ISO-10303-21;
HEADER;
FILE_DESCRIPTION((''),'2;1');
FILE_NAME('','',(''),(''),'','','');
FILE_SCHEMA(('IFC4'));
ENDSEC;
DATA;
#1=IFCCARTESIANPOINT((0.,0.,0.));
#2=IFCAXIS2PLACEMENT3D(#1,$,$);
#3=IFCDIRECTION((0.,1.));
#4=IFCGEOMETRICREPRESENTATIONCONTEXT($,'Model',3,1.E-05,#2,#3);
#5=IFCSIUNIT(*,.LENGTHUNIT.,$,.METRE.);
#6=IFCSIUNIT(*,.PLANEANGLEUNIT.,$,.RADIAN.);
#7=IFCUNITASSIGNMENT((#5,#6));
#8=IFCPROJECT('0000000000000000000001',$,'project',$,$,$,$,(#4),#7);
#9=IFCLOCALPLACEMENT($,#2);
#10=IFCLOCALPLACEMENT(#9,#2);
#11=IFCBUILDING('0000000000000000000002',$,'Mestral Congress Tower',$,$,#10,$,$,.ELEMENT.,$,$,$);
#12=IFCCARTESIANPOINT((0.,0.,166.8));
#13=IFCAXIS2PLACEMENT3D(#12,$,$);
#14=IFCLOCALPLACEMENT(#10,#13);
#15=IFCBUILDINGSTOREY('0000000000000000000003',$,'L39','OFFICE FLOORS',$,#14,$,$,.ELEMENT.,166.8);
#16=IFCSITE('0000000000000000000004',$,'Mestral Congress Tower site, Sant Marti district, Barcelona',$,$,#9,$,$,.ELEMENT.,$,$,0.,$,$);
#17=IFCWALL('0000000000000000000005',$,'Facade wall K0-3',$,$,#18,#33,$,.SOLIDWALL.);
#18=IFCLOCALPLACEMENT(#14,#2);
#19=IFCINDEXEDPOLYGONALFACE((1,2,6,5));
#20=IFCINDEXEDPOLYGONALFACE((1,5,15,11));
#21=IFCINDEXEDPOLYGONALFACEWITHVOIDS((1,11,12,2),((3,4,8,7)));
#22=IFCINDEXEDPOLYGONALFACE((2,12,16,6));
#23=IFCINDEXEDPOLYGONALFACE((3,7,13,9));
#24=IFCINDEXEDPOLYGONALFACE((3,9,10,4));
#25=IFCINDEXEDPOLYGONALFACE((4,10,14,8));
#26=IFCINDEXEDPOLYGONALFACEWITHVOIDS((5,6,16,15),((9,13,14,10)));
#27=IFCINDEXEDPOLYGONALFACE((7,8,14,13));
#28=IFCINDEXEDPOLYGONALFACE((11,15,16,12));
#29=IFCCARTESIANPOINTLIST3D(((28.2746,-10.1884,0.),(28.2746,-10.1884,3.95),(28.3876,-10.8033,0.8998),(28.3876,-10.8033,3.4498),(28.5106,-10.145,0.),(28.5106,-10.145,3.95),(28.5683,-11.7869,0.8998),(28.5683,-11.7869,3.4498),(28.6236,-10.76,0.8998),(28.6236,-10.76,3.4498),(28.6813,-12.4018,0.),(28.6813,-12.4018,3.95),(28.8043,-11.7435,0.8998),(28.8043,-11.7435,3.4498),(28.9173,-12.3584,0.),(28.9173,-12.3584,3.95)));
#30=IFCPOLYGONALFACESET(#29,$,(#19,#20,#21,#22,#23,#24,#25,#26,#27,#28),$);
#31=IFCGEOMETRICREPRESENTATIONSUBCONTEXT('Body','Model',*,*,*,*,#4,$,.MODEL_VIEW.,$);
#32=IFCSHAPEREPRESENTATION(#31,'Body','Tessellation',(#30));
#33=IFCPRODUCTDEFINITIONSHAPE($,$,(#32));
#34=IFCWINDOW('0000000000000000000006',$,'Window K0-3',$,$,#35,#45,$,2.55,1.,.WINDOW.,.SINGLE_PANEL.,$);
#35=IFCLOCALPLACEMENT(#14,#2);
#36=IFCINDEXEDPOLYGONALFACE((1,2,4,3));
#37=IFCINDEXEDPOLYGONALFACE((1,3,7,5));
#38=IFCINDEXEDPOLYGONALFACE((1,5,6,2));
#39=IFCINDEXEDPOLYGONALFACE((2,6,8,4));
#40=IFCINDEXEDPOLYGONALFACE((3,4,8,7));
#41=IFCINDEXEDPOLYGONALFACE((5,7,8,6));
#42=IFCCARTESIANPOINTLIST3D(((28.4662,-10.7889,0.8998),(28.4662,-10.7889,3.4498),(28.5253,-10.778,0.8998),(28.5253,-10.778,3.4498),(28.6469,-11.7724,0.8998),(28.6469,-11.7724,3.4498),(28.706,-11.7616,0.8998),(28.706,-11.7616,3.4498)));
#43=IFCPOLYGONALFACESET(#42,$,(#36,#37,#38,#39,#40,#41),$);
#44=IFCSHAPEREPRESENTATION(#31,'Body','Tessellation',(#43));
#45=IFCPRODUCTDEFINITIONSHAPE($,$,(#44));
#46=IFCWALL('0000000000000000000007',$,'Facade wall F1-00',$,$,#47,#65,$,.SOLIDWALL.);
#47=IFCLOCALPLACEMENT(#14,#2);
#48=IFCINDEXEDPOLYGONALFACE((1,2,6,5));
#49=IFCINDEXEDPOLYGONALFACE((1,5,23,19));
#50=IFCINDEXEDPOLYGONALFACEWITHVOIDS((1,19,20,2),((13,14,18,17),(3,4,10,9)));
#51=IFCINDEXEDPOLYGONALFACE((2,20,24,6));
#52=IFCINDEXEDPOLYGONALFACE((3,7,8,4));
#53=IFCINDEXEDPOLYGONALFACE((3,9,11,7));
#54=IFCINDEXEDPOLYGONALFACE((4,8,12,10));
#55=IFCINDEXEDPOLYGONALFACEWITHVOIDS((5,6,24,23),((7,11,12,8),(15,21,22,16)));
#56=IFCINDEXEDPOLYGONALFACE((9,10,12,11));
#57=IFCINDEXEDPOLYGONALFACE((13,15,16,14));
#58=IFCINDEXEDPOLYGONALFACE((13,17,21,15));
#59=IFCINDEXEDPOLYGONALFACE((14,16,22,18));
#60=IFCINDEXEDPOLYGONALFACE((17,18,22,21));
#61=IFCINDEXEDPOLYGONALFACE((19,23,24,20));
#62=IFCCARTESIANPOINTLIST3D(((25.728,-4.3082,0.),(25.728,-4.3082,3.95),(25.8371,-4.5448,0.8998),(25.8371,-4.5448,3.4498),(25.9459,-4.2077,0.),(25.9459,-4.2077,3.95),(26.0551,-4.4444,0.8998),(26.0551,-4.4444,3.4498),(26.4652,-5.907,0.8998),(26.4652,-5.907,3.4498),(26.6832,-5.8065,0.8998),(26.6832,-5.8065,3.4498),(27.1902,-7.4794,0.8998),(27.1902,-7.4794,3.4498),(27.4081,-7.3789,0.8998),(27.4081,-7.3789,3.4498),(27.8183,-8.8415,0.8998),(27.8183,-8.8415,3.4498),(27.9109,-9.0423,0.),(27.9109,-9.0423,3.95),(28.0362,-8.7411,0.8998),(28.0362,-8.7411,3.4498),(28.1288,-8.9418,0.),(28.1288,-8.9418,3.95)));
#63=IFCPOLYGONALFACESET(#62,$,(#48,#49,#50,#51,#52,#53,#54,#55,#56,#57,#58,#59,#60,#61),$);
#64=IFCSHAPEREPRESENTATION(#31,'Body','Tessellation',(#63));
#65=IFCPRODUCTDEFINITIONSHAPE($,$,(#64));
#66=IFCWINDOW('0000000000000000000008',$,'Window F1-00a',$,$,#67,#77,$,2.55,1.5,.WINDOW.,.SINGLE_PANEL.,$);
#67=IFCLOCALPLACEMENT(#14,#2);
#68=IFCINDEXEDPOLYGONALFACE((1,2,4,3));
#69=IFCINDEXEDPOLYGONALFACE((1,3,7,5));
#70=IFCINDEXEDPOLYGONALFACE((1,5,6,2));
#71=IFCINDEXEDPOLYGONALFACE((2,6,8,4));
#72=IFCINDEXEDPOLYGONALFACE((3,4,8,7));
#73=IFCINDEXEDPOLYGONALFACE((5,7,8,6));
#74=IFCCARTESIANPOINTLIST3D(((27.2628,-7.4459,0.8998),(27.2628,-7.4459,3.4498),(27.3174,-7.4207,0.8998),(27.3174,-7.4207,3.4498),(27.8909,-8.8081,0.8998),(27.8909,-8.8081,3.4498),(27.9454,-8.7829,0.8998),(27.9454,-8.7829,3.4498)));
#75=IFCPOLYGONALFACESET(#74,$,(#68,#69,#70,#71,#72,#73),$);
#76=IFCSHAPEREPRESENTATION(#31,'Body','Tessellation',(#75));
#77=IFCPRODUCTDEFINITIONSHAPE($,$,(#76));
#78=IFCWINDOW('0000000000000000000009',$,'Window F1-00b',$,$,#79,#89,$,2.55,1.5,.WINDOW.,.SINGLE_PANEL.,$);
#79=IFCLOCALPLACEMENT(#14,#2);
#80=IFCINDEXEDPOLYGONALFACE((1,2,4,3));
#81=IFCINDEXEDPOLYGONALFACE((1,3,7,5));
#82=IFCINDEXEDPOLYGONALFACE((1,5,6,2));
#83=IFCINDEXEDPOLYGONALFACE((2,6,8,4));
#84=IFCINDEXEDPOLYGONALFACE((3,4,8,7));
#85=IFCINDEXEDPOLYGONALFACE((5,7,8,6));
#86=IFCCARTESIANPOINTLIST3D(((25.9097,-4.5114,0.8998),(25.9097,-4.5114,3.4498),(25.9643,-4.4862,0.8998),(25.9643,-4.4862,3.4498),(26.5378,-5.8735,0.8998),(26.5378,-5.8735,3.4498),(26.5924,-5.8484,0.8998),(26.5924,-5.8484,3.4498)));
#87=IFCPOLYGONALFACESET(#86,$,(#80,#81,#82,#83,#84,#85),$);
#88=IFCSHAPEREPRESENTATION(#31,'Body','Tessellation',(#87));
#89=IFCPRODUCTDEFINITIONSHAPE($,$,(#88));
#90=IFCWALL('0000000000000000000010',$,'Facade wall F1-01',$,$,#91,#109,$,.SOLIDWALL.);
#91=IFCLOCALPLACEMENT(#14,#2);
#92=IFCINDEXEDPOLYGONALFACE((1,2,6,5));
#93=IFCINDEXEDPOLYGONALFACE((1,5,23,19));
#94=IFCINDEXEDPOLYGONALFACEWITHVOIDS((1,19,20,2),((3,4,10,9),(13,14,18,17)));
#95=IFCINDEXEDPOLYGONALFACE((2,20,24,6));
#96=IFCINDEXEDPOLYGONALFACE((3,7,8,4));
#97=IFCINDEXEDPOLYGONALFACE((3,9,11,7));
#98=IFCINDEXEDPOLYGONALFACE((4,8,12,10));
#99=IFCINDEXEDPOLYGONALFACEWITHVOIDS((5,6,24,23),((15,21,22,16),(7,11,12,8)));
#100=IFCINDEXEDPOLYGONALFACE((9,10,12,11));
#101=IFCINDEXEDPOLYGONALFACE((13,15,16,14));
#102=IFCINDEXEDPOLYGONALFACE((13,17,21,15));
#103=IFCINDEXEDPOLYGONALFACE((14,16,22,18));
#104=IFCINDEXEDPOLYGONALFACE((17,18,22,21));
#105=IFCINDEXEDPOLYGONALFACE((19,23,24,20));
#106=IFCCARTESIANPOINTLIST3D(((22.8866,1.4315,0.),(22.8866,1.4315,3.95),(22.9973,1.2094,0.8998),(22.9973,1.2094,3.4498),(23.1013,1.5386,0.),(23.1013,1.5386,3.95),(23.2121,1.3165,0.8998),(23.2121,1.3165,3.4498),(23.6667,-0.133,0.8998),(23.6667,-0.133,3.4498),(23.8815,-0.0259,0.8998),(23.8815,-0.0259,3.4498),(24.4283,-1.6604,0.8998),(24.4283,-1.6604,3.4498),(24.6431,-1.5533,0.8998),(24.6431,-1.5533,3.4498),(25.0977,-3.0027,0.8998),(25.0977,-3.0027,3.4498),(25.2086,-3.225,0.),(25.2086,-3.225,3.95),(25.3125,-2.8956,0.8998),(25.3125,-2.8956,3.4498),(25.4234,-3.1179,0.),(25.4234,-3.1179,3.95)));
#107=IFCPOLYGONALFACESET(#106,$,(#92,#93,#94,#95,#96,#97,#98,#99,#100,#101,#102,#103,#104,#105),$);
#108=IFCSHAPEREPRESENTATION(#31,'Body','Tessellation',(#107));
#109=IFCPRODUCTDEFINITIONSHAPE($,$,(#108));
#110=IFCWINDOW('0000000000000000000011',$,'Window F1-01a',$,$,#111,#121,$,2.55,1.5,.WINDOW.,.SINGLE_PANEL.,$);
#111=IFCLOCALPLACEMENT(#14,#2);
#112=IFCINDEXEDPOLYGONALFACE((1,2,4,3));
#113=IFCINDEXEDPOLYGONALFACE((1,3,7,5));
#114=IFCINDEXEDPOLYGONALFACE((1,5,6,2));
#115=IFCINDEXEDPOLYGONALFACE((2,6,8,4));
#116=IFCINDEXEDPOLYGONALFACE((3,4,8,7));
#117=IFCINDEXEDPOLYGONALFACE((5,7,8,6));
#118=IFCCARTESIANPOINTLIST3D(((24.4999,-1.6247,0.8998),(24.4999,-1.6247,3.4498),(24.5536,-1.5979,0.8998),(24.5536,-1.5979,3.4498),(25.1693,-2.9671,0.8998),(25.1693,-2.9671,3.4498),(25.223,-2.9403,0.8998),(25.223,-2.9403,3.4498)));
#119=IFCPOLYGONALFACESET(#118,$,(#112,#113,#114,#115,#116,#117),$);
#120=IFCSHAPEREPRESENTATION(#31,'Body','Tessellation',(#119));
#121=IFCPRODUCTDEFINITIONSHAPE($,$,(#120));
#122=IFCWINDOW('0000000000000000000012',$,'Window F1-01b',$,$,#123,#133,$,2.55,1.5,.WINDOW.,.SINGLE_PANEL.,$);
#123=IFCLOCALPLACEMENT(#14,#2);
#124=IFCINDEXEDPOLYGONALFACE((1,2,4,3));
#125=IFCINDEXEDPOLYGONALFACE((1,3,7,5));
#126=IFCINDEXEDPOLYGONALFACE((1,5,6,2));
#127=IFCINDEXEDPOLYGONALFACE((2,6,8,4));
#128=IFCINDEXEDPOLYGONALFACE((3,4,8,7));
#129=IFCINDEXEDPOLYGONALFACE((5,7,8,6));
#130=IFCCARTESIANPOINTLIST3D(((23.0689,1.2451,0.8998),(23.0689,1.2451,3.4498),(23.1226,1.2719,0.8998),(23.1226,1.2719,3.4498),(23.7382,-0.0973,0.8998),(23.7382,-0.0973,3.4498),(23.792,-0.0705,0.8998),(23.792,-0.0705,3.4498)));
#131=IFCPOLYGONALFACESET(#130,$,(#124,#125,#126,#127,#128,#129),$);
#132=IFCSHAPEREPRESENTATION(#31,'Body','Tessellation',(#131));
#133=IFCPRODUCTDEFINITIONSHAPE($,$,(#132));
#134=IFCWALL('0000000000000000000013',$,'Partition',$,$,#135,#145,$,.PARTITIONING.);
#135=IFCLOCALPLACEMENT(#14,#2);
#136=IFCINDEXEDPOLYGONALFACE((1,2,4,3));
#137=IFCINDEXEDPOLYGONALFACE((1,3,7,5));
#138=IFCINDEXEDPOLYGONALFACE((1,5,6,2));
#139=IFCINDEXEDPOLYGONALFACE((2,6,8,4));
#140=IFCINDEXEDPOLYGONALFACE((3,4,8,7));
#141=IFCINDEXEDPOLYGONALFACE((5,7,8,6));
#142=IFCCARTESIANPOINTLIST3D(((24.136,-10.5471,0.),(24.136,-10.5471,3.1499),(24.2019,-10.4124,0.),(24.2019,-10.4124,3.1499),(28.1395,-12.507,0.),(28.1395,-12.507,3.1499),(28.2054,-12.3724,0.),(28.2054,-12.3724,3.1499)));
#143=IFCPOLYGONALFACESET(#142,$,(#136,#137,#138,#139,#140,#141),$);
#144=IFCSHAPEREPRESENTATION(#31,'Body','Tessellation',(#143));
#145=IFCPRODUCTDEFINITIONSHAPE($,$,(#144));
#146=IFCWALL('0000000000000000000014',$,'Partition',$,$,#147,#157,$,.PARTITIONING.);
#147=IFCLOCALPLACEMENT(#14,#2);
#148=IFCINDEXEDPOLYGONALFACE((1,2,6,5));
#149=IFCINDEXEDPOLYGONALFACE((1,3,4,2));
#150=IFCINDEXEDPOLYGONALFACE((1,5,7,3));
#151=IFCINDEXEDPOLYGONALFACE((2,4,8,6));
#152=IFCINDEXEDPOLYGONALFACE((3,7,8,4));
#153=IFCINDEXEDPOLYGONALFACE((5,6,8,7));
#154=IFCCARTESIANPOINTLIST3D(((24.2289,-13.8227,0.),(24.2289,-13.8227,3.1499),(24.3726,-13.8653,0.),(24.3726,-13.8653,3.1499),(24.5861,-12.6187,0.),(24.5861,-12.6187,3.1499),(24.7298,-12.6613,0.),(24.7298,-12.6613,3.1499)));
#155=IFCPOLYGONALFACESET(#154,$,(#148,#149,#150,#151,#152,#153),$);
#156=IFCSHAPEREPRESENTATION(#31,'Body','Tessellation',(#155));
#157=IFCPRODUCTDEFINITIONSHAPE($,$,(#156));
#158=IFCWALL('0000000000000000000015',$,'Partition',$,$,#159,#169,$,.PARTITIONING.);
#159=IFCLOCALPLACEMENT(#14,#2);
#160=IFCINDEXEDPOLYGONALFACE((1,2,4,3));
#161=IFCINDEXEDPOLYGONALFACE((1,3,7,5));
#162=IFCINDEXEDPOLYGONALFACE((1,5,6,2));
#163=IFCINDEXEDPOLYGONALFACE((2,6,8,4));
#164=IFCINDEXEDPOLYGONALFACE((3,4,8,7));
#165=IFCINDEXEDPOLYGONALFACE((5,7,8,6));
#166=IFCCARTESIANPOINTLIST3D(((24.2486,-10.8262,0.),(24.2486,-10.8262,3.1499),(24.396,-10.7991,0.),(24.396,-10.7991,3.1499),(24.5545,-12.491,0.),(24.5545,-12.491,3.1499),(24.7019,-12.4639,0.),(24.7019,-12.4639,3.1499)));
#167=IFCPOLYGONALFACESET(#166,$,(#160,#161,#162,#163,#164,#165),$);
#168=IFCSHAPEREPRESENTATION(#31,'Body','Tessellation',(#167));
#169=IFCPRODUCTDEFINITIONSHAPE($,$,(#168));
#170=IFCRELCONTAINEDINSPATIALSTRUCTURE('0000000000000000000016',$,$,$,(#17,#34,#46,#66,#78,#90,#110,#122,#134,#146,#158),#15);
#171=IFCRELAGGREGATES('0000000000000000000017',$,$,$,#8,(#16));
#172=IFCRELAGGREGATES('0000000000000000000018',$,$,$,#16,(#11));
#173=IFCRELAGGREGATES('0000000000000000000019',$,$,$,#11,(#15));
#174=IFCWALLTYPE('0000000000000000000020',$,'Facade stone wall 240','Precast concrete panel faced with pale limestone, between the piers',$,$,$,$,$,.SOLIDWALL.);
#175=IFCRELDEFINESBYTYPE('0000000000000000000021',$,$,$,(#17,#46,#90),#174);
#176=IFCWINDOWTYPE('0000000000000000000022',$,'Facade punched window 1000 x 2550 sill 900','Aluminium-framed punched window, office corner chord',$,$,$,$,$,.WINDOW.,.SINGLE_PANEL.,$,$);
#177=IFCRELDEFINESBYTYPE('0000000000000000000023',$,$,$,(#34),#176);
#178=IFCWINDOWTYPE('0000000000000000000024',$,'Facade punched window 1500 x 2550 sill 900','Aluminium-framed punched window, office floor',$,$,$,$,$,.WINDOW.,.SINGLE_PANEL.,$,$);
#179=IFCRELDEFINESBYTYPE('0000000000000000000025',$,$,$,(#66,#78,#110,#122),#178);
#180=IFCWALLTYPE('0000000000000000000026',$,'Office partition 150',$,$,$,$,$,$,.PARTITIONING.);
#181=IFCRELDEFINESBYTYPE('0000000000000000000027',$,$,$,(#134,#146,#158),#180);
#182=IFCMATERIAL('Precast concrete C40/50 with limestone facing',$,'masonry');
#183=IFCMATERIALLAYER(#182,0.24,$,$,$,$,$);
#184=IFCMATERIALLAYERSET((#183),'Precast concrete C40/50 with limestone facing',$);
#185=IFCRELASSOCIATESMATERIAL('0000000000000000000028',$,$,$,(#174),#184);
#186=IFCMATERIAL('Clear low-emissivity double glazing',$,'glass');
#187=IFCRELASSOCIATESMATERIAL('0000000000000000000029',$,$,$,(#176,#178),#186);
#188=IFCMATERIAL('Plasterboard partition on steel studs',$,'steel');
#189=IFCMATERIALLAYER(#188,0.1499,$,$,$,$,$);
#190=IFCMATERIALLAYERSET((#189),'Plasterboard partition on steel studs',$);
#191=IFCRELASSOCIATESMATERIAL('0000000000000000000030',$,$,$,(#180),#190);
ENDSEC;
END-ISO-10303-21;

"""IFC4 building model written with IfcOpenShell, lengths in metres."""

from ifc_helpers import new_model, si_unit, direction, frame, frame_2d, origin, place, context, subcontext, project, spatial, rectangle, extrude, material, layer, layer_set, type_object, element, fill, save


model = new_model("IFC4")

# Units and contexts
model_context = context("Model", 3, precision=1e-05, world=origin(), true_north=direction((0.0, 1.0)))
body_context = subcontext(model_context, "Body", "Model", "MODEL_VIEW")
ifc_project = project(units=[si_unit("LENGTHUNIT", "METRE"), si_unit("PLANEANGLEUNIT", "RADIAN")], contexts=[model_context])

# Site, building, storey
site_placement = place(None, origin())
site = spatial("IfcSite", under=ifc_project, at=site_placement, Name="Mestral Congress Tower site, Sant Marti district, Barcelona", CompositionType="ELEMENT", RefElevation=0.0)
building_placement = place(site_placement, origin())
building = spatial("IfcBuilding", under=site, at=building_placement, Name="Mestral Congress Tower", CompositionType="ELEMENT")
storey_placement = place(building_placement, frame((0.0, 0.0, 166.8)))
storey = spatial("IfcBuildingStorey", under=building, at=storey_placement, Name="L39", Description="OFFICE FLOORS", CompositionType="ELEMENT", Elevation=166.8)

# Wall, opening, window
ifc_material_1 = material(Name="Precast concrete C40/50 with limestone facing", Category="masonry")
ifc_layer_1 = layer(ifc_material_1, 0.24)
ifc_layer_set_1 = layer_set([ifc_layer_1], Name="Precast concrete C40/50 with limestone facing")
wall_type_1 = type_object("IfcWallType", Name="Facade stone wall 240", Description="Precast concrete panel faced with pale limestone, between the piers", PredefinedType="SOLIDWALL", material=ifc_layer_set_1)
wall_1_placement = place(storey_placement, frame((28.7993, -12.3801, 0.0), z_axis=(0.0, 0.0, 1.0), x_axis=(-0.180737, 0.983531, 0.0)))
wall_1 = element("IfcWall", 1, at=wall_1_placement, inside=storey, type_object=wall_type_1, Name="Facade wall K0-3", PredefinedType="SOLIDWALL", context=body_context, shape_type="SweptSolid", body=[
    extrude(rectangle(XDim=2.2505, YDim=0.24, at=frame_2d((1.1252, 0.0))), origin(), (0.0, 0.0, 1.0), 3.95),
])
opening_1_placement = place(wall_1_placement, frame((0.6252, 0.0, 0.8999)))
opening_1 = element("IfcOpeningElement", 2, at=opening_1_placement, cuts=wall_1, PredefinedType="OPENING", context=body_context, shape_type="SweptSolid", body=[
    extrude(rectangle(XDim=1.0, YDim=2.55, at=frame_2d((0.5, 1.2749))), frame((0.0, 0.1299, 0.0), z_axis=(0.0, -1.0, 0.0), x_axis=(1.0, 0.0, 0.0)), (0.0, 0.0, 1.0), 0.26),
])
ifc_material_2 = material(Name="Clear low-emissivity double glazing", Category="glass")
window_type_1 = type_object("IfcWindowType", Name="Facade punched window 1000 x 2550 sill 900", Description="Aluminium-framed punched window, office corner chord", PartitioningType="SINGLE_PANEL", PredefinedType="WINDOW", material=ifc_material_2)
window_1_placement = place(opening_1_placement, origin())
window_1 = element("IfcWindow", 3, at=window_1_placement, inside=storey, type_object=window_type_1, Name="Window K0-3", OverallHeight=2.55, OverallWidth=1.0, PartitioningType="SINGLE_PANEL", PredefinedType="WINDOW", context=body_context, shape_type="SweptSolid", body=[
    extrude(rectangle(XDim=1.0, YDim=2.55, at=frame_2d((0.5, 1.2749))), frame((0.0, 0.04, 0.0), z_axis=(0.0, -1.0, 0.0), x_axis=(1.0, 0.0, 0.0)), (0.0, 0.0, 1.0), 0.0601),
])
fill(opening_1, window_1)

# Walls, openings, windows
wall_2_placement = place(storey_placement, frame((28.0198, -8.9919, 0.0), z_axis=(0.0, 0.0, 1.0), x_axis=(-0.418723, 0.908114, 0.0)))
wall_2 = element("IfcWall", 4, at=wall_2_placement, inside=storey, type_object=wall_type_1, Name="Facade wall F1-00", PredefinedType="SOLIDWALL", context=body_context, shape_type="SweptSolid", body=[
    extrude(rectangle(XDim=5.2131, YDim=0.24, at=frame_2d((2.6064, 0.0))), origin(), (0.0, 0.0, 1.0), 3.95),
])
opening_2_placement = place(wall_2_placement, frame((0.2209, 0.0, 0.8999)))
opening_2 = element("IfcOpeningElement", 5, at=opening_2_placement, cuts=wall_2, PredefinedType="OPENING", context=body_context, shape_type="SweptSolid", body=[
    extrude(rectangle(XDim=1.5, YDim=2.55, at=frame_2d((0.75, 1.2749))), frame((0.0, 0.1299, 0.0), z_axis=(0.0, -1.0, 0.0), x_axis=(1.0, 0.0, 0.0)), (0.0, 0.0, 1.0), 0.26),
])
opening_3_placement = place(wall_2_placement, frame((3.4524, 0.0, 0.8999)))
opening_3 = element("IfcOpeningElement", 6, at=opening_3_placement, cuts=wall_2, PredefinedType="OPENING", context=body_context, shape_type="SweptSolid", body=[
    extrude(rectangle(XDim=1.5, YDim=2.55, at=frame_2d((0.75, 1.2749))), frame((0.0, 0.1299, 0.0), z_axis=(0.0, -1.0, 0.0), x_axis=(1.0, 0.0, 0.0)), (0.0, 0.0, 1.0), 0.26),
])
window_type_2 = type_object("IfcWindowType", Name="Facade punched window 1500 x 2550 sill 900", Description="Aluminium-framed punched window, office floor", PartitioningType="SINGLE_PANEL", PredefinedType="WINDOW", material=ifc_material_2)
window_2_placement = place(opening_2_placement, origin())
window_2 = element("IfcWindow", 7, at=window_2_placement, inside=storey, type_object=window_type_2, Name="Window F1-00a", OverallHeight=2.55, OverallWidth=1.5, PartitioningType="SINGLE_PANEL", PredefinedType="WINDOW", context=body_context, shape_type="SweptSolid", body=[
    extrude(rectangle(XDim=1.5, YDim=2.55, at=frame_2d((0.75, 1.2749))), frame((0.0, 0.04, 0.0), z_axis=(0.0, -1.0, 0.0), x_axis=(1.0, 0.0, 0.0)), (0.0, 0.0, 1.0), 0.0601),
])
fill(opening_2, window_2)
window_3_placement = place(opening_3_placement, origin())
window_3 = element("IfcWindow", 8, at=window_3_placement, inside=storey, type_object=window_type_2, Name="Window F1-00b", OverallHeight=2.55, OverallWidth=1.5, PartitioningType="SINGLE_PANEL", PredefinedType="WINDOW", context=body_context, shape_type="SweptSolid", body=[
    extrude(rectangle(XDim=1.5, YDim=2.55, at=frame_2d((0.75, 1.2749))), frame((0.0, 0.04, 0.0), z_axis=(0.0, -1.0, 0.0), x_axis=(1.0, 0.0, 0.0)), (0.0, 0.0, 1.0), 0.0601),
])
fill(opening_3, window_3)
wall_3_placement = place(storey_placement, frame((25.3159, -3.1714, 0.0), z_axis=(0.0, 0.0, 1.0), x_axis=(-0.446256, 0.894905, 0.0)))
wall_3 = element("IfcWall", 9, at=wall_3_placement, inside=storey, type_object=wall_type_1, Name="Facade wall F1-01", PredefinedType="SOLIDWALL", context=body_context, shape_type="SweptSolid", body=[
    extrude(rectangle(XDim=5.2034, YDim=0.24, at=frame_2d((2.6016, 0.0))), origin(), (0.0, 0.0, 1.0), 3.95),
])
opening_4_placement = place(wall_3_placement, frame((0.2483, 0.0, 0.8999)))
opening_4 = element("IfcOpeningElement", 10, at=opening_4_placement, cuts=wall_3, PredefinedType="OPENING", context=body_context, shape_type="SweptSolid", body=[
    extrude(rectangle(XDim=1.5, YDim=2.55, at=frame_2d((0.75, 1.2749))), frame((0.0, 0.1299, 0.0), z_axis=(0.0, -1.0, 0.0), x_axis=(1.0, 0.0, 0.0)), (0.0, 0.0, 1.0), 0.26),
])
opening_5_placement = place(wall_3_placement, frame((3.4551, 0.0, 0.8999)))
opening_5 = element("IfcOpeningElement", 11, at=opening_5_placement, cuts=wall_3, PredefinedType="OPENING", context=body_context, shape_type="SweptSolid", body=[
    extrude(rectangle(XDim=1.5, YDim=2.55, at=frame_2d((0.75, 1.2749))), frame((0.0, 0.1299, 0.0), z_axis=(0.0, -1.0, 0.0), x_axis=(1.0, 0.0, 0.0)), (0.0, 0.0, 1.0), 0.26),
])
window_4_placement = place(opening_4_placement, origin())
window_4 = element("IfcWindow", 12, at=window_4_placement, inside=storey, type_object=window_type_2, Name="Window F1-01a", OverallHeight=2.55, OverallWidth=1.5, PartitioningType="SINGLE_PANEL", PredefinedType="WINDOW", context=body_context, shape_type="SweptSolid", body=[
    extrude(rectangle(XDim=1.5, YDim=2.55, at=frame_2d((0.75, 1.2749))), frame((0.0, 0.04, 0.0), z_axis=(0.0, -1.0, 0.0), x_axis=(1.0, 0.0, 0.0)), (0.0, 0.0, 1.0), 0.0601),
])
fill(opening_4, window_4)
window_5_placement = place(opening_5_placement, origin())
window_5 = element("IfcWindow", 13, at=window_5_placement, inside=storey, type_object=window_type_2, Name="Window F1-01b", OverallHeight=2.55, OverallWidth=1.5, PartitioningType="SINGLE_PANEL", PredefinedType="WINDOW", context=body_context, shape_type="SweptSolid", body=[
    extrude(rectangle(XDim=1.5, YDim=2.55, at=frame_2d((0.75, 1.2749))), frame((0.0, 0.04, 0.0), z_axis=(0.0, -1.0, 0.0), x_axis=(1.0, 0.0, 0.0)), (0.0, 0.0, 1.0), 0.0601),
])
fill(opening_5, window_5)

# Walls
ifc_material_3 = material(Name="Plasterboard partition on steel studs", Category="steel")
ifc_layer_2 = layer(ifc_material_3, 0.1499)
ifc_layer_set_2 = layer_set([ifc_layer_2], Name="Plasterboard partition on steel studs")
wall_type_2 = type_object("IfcWallType", Name="Office partition 150", PredefinedType="PARTITIONING", material=ifc_layer_set_2)
wall_4_placement = place(storey_placement, frame((24.1689, -10.4797, 0.0), z_axis=(0.0, 0.0, 1.0), x_axis=(0.898142, -0.439705, 0.0)))
element("IfcWall", 14, at=wall_4_placement, inside=storey, type_object=wall_type_2, Name="Partition", PredefinedType="PARTITIONING", context=body_context, shape_type="SweptSolid", body=[
    extrude(rectangle(XDim=4.4575, YDim=0.1499, at=frame_2d((2.2288, 0.0))), origin(), (0.0, 0.0, 1.0), 3.1499),
])
wall_5_placement = place(storey_placement, frame((24.3008, -13.844, 0.0), z_axis=(0.0, 0.0, 1.0), x_axis=(0.284386, 0.95871, 0.0)))
element("IfcWall", 15, at=wall_5_placement, inside=storey, type_object=wall_type_2, Name="Partition", PredefinedType="PARTITIONING", context=body_context, shape_type="SweptSolid", body=[
    extrude(rectangle(XDim=1.2559, YDim=0.1499, at=frame_2d((0.6279, 0.0))), origin(), (0.0, 0.0, 1.0), 3.1499),
])
wall_6_placement = place(storey_placement, frame((24.6282, -12.4773, 0.0), z_axis=(0.0, 0.0, 1.0), x_axis=(-0.180726, 0.983534, 0.0)))
element("IfcWall", 16, at=wall_6_placement, inside=storey, type_object=wall_type_2, Name="Partition", PredefinedType="PARTITIONING", context=body_context, shape_type="SweptSolid", body=[
    extrude(rectangle(XDim=1.6926, YDim=0.1499, at=frame_2d((0.8462, 0.0))), origin(), (0.0, 0.0, 1.0), 3.1499),
])

save(model, "model.ifc")
